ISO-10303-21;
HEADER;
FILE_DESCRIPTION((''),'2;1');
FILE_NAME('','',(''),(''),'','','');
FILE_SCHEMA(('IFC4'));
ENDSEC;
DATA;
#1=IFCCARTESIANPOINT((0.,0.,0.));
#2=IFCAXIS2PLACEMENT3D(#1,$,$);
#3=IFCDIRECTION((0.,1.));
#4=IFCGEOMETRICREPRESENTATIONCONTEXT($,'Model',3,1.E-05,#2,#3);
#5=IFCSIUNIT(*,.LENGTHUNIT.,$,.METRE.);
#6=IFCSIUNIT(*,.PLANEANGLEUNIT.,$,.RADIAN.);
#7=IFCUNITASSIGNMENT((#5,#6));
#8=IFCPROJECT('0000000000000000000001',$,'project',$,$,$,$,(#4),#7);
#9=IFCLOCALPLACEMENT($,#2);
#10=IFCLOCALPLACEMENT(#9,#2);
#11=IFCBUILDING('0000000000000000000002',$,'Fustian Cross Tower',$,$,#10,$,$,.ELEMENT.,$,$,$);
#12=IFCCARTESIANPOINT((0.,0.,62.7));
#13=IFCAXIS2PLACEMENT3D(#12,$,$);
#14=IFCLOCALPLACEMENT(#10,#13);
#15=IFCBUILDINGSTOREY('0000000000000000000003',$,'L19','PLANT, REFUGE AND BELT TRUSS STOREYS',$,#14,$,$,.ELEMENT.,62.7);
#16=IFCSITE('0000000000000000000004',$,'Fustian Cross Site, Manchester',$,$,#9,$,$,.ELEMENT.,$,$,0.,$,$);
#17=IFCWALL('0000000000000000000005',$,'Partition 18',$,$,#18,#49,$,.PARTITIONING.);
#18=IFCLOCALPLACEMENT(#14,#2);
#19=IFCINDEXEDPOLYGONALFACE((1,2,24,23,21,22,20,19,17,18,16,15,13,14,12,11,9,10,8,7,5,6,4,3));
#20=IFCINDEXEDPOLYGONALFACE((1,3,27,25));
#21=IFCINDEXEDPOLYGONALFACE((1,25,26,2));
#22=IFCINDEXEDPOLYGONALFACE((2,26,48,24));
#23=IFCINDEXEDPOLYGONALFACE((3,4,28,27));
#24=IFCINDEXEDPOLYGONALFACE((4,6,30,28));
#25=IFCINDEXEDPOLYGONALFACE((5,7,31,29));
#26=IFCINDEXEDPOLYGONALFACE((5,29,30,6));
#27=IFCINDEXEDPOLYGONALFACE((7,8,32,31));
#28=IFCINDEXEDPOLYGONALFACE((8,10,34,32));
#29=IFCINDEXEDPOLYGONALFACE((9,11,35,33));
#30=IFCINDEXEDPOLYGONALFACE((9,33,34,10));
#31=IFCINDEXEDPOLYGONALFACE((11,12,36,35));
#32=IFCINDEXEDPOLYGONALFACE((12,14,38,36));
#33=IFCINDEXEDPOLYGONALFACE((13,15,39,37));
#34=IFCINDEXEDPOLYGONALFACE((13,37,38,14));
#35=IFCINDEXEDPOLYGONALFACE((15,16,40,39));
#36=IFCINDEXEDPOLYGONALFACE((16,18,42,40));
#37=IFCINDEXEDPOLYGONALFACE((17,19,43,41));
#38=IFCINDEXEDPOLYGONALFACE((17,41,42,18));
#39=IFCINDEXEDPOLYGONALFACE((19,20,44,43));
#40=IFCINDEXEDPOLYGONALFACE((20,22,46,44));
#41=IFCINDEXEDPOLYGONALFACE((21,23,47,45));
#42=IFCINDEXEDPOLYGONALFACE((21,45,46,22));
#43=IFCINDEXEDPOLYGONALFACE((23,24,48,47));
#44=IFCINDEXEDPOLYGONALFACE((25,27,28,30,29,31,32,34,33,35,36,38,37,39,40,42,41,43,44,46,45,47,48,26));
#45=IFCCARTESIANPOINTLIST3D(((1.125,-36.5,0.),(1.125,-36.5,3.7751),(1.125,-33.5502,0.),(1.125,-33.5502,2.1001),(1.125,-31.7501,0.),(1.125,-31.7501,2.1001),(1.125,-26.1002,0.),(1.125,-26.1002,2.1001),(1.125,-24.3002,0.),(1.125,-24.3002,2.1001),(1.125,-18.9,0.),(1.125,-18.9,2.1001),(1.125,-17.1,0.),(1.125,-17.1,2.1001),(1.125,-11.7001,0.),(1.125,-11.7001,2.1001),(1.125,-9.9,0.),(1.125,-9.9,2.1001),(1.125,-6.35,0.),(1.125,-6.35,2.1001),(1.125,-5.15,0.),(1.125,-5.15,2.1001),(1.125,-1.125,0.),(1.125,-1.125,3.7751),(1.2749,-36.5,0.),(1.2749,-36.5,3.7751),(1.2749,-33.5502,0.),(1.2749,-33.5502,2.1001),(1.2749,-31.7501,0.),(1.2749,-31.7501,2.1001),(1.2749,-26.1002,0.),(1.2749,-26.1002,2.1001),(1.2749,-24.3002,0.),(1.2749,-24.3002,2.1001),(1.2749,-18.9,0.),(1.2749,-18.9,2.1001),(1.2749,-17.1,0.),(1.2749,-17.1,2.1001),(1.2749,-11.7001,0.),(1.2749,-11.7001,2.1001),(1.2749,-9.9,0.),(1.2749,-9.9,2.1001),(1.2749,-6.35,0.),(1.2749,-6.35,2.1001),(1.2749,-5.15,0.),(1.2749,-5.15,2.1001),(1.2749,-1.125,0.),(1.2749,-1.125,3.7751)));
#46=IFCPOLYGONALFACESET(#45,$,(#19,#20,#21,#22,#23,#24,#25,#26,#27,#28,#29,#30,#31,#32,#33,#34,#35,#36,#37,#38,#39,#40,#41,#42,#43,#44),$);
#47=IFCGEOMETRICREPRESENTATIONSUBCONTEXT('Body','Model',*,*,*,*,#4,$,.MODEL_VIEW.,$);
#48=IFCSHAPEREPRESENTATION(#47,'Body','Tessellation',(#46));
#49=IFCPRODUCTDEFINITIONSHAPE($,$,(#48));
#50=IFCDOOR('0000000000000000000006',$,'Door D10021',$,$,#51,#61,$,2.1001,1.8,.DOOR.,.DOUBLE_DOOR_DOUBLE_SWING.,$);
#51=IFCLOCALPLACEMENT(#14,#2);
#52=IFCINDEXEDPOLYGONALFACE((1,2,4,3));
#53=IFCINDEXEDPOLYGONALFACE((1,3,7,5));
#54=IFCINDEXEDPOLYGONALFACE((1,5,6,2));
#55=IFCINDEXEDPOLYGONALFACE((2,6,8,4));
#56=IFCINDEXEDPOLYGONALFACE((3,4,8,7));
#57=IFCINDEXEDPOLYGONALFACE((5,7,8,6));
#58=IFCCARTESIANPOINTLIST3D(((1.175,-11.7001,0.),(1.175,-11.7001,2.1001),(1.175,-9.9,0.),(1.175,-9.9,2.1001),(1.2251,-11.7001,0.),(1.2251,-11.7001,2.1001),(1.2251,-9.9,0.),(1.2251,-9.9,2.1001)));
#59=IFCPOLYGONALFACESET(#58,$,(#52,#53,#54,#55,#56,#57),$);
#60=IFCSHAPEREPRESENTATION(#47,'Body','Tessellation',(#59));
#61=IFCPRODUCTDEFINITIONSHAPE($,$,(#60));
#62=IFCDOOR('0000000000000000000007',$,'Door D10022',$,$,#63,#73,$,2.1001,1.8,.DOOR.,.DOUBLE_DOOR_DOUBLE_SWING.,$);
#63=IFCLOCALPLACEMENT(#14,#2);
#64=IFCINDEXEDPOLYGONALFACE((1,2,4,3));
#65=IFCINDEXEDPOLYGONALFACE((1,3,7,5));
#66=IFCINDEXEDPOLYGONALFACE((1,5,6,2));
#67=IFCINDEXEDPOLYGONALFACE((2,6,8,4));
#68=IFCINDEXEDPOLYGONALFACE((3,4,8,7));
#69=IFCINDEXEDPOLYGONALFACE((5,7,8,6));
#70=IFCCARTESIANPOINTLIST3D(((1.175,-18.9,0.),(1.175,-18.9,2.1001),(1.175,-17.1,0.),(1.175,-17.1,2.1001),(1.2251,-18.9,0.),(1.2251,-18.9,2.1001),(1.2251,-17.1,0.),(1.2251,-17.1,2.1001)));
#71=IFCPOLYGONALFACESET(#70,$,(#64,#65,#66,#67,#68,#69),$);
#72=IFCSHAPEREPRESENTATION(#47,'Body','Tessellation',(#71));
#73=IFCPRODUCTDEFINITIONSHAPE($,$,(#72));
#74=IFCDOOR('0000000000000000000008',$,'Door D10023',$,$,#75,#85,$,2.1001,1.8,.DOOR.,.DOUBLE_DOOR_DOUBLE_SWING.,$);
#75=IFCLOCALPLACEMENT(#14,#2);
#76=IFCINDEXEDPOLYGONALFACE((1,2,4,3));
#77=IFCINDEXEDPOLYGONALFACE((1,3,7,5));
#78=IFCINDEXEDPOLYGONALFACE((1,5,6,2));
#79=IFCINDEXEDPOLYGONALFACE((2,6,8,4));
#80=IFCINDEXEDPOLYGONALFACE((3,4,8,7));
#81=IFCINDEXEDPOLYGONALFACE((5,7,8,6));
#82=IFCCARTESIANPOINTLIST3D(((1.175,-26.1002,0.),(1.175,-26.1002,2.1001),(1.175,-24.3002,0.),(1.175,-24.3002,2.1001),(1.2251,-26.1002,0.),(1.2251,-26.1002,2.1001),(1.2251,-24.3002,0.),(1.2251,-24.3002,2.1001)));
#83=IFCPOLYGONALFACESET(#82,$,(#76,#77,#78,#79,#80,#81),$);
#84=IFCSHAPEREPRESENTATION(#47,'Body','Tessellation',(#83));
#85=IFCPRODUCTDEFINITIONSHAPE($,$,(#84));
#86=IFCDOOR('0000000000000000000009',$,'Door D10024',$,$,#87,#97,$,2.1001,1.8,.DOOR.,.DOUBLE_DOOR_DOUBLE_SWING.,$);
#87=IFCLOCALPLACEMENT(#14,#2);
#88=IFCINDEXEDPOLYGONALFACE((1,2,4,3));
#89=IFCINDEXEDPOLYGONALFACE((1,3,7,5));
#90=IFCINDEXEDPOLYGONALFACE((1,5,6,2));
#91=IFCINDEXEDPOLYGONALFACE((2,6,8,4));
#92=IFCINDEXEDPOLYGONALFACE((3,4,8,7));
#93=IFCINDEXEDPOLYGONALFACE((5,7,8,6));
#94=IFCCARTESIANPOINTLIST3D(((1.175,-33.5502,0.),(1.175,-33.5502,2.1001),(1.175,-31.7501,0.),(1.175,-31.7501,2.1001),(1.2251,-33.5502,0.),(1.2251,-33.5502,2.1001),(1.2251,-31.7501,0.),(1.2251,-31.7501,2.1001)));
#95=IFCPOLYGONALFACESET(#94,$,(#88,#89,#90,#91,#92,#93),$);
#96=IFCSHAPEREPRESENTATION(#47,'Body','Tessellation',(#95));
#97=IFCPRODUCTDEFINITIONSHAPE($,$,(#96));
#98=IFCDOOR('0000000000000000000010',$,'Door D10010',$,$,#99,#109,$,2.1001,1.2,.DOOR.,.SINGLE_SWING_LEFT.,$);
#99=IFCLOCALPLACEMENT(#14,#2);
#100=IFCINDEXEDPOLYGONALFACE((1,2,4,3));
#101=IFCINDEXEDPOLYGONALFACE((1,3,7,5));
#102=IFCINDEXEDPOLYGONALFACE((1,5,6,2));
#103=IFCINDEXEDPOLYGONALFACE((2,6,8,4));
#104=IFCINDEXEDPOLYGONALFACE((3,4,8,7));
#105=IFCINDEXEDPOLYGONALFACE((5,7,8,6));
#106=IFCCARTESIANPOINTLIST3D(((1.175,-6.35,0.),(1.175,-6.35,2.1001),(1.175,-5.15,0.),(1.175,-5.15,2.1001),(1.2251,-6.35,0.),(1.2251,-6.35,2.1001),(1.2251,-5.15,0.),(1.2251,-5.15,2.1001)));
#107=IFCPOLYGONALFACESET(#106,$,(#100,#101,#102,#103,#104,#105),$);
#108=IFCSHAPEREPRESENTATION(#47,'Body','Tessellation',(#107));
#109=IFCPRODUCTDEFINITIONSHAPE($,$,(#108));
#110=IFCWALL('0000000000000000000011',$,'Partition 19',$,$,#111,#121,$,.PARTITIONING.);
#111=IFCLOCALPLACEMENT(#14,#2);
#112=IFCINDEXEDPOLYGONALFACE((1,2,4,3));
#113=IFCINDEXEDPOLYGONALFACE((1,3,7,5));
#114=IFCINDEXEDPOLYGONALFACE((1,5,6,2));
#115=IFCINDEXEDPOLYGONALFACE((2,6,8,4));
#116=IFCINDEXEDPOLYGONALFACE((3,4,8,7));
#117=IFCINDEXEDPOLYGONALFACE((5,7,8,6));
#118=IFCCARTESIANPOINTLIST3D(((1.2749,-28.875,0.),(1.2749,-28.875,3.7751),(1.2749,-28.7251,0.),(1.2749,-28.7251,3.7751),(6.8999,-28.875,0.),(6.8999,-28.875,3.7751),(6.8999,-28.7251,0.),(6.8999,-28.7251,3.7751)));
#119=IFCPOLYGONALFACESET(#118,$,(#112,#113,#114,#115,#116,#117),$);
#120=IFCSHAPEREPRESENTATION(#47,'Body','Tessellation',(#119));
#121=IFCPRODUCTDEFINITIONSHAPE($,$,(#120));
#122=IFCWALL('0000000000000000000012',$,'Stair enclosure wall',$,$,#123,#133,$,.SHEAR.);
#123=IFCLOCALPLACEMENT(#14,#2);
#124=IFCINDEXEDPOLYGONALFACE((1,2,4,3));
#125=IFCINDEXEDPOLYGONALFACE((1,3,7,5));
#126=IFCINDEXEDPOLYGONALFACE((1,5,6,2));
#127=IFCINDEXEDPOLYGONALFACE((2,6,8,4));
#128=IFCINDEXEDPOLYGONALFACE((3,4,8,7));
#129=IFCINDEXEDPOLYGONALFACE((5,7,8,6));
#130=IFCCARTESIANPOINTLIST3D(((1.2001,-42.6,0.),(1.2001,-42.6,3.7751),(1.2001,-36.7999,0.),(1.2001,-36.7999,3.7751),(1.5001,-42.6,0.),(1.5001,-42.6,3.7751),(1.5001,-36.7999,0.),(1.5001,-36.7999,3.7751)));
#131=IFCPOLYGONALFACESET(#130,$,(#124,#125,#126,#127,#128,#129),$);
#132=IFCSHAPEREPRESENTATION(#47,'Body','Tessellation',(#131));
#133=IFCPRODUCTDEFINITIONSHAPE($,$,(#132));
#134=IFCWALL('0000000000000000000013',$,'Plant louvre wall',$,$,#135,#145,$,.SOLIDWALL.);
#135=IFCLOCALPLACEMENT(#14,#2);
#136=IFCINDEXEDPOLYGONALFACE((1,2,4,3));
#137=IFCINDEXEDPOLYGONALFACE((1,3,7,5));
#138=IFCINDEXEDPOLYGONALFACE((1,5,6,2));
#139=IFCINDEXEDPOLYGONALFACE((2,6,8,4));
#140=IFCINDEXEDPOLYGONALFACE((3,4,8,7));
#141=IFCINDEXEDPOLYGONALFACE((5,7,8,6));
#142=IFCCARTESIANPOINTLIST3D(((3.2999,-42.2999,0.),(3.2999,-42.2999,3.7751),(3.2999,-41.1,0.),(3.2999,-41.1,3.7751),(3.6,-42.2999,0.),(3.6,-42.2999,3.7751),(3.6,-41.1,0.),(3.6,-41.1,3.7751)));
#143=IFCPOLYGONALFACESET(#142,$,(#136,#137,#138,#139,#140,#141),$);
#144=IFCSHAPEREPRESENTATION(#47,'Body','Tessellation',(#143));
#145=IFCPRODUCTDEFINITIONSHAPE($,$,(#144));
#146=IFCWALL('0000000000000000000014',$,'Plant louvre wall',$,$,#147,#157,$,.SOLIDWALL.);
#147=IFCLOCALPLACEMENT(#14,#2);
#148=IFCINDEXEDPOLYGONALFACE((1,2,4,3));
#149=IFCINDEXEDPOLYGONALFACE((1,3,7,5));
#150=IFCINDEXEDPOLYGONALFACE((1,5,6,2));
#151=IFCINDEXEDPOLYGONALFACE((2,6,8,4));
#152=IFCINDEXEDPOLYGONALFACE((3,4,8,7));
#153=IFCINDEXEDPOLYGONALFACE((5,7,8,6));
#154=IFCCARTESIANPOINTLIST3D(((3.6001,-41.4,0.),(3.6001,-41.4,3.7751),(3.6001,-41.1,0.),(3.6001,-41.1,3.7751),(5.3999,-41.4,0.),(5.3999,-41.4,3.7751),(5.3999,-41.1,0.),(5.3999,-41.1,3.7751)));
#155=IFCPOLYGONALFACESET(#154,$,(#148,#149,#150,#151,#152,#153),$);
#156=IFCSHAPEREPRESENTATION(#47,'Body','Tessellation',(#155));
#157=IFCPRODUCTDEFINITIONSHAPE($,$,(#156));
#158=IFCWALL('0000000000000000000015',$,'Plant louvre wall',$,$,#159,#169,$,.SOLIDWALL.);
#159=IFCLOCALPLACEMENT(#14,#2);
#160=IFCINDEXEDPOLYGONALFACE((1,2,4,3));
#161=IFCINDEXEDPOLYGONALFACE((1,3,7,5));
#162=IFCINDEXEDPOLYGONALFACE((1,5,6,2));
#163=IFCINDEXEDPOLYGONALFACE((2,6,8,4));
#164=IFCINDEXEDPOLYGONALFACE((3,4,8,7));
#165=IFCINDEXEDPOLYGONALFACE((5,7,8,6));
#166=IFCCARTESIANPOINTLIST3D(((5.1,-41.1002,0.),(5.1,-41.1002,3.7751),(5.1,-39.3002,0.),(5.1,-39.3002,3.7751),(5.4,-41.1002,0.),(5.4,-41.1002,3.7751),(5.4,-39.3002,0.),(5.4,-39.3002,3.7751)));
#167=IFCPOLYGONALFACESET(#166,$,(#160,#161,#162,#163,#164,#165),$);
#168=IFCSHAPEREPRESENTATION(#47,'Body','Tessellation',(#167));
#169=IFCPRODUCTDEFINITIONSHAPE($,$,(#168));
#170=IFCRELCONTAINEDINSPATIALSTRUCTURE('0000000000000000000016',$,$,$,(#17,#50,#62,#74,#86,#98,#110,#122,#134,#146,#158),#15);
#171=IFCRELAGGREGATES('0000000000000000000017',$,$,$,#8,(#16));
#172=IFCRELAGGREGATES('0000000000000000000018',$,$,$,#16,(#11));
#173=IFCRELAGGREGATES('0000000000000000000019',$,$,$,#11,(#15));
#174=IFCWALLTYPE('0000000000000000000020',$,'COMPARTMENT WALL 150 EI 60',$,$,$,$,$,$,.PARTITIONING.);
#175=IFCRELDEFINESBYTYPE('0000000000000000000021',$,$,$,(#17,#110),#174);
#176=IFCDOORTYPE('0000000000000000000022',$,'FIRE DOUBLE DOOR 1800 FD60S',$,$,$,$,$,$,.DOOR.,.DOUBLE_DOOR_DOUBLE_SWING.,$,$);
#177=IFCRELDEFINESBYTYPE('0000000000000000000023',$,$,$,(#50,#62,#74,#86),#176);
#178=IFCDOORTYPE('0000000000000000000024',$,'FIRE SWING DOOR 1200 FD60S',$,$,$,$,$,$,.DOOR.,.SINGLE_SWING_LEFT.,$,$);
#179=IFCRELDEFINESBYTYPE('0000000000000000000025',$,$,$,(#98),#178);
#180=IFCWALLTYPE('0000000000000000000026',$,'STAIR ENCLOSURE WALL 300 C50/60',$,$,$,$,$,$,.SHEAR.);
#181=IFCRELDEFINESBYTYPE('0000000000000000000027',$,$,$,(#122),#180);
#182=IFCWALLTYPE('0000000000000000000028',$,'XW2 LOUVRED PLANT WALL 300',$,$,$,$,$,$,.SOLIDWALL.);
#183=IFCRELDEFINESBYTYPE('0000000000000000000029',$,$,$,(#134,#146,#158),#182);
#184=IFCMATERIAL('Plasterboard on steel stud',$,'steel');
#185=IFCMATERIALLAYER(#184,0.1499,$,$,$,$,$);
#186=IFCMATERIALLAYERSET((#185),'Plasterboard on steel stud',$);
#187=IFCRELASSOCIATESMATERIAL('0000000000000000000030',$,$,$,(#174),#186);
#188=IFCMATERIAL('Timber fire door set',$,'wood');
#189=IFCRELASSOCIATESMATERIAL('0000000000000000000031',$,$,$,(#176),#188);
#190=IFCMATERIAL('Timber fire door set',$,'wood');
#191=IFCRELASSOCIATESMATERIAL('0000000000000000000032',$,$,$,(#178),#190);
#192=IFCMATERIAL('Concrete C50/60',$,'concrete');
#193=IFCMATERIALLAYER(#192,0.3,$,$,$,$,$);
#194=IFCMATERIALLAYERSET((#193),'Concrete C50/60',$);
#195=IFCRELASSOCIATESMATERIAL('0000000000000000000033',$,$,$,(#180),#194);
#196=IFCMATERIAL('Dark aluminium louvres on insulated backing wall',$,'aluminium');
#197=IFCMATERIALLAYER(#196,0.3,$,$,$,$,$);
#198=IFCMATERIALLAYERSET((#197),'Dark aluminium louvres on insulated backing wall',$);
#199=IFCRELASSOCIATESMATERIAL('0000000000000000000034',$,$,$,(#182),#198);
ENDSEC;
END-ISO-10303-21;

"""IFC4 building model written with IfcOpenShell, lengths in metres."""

from ifc_helpers import new_model, si_unit, direction, frame, frame_2d, origin, place, context, subcontext, project, spatial, rectangle, extrude, material, layer, layer_set, type_object, element, fill, save


model = new_model("IFC4")

# Units and contexts
model_context = context("Model", 3, precision=1e-05, world=origin(), true_north=direction((0.0, 1.0)))
body_context = subcontext(model_context, "Body", "Model", "MODEL_VIEW")
ifc_project = project(units=[si_unit("LENGTHUNIT", "METRE"), si_unit("PLANEANGLEUNIT", "RADIAN")], contexts=[model_context])

# Site, building, storey
site_placement = place(None, origin())
site = spatial("IfcSite", under=ifc_project, at=site_placement, Name="Fustian Cross Site, Manchester", CompositionType="ELEMENT", RefElevation=0.0)
building_placement = place(site_placement, origin())
building = spatial("IfcBuilding", under=site, at=building_placement, Name="Fustian Cross Tower", CompositionType="ELEMENT")
storey_placement = place(building_placement, frame((0.0, 0.0, 62.7)))
storey = spatial("IfcBuildingStorey", under=building, at=storey_placement, Name="L19", Description="PLANT, REFUGE AND BELT TRUSS STOREYS", CompositionType="ELEMENT", Elevation=62.7)

# Wall, openings, doors
ifc_material_1 = material(Name="Plasterboard on steel stud", Category="steel")
ifc_layer_1 = layer(ifc_material_1, 0.1499)
ifc_layer_set_1 = layer_set([ifc_layer_1], Name="Plasterboard on steel stud")
wall_type_1 = type_object("IfcWallType", Name="COMPARTMENT WALL 150 EI 60", PredefinedType="PARTITIONING", material=ifc_layer_set_1)
wall_1_placement = place(storey_placement, frame((1.2, -36.5, 0.0), z_axis=(0.0, 0.0, 1.0), x_axis=(0.0, 1.0, 0.0)))
wall_1 = element("IfcWall", 1, at=wall_1_placement, inside=storey, type_object=wall_type_1, Name="Partition 18", PredefinedType="PARTITIONING", context=body_context, shape_type="SweptSolid", body=[
    extrude(rectangle(XDim=35.375, YDim=0.1499, at=frame_2d((17.6875, 0.0))), origin(), (0.0, 0.0, 1.0), 3.7751),
])
opening_1_placement = place(wall_1_placement, frame((30.1499, 0.0, 0.0)))
opening_1 = element("IfcOpeningElement", 2, at=opening_1_placement, cuts=wall_1, PredefinedType="OPENING", context=body_context, shape_type="SweptSolid", body=[
    extrude(rectangle(XDim=1.2, YDim=2.1001, at=frame_2d((0.6001, 1.05))), frame((0.0, 0.085, 0.0), z_axis=(0.0, -1.0, 0.0), x_axis=(1.0, 0.0, 0.0)), (0.0, 0.0, 1.0), 0.1699),
])
opening_2_placement = place(wall_1_placement, frame((24.8, 0.0, 0.0)))
opening_2 = element("IfcOpeningElement", 3, at=opening_2_placement, cuts=wall_1, PredefinedType="OPENING", context=body_context, shape_type="SweptSolid", body=[
    extrude(rectangle(XDim=1.8, YDim=2.1001, at=frame_2d((0.8999, 1.05))), frame((0.0, 0.085, 0.0), z_axis=(0.0, -1.0, 0.0), x_axis=(1.0, 0.0, 0.0)), (0.0, 0.0, 1.0), 0.1699),
])
opening_3_placement = place(wall_1_placement, frame((17.6001, 0.0, 0.0)))
opening_3 = element("IfcOpeningElement", 4, at=opening_3_placement, cuts=wall_1, PredefinedType="OPENING", context=body_context, shape_type="SweptSolid", body=[
    extrude(rectangle(XDim=1.8, YDim=2.1001, at=frame_2d((0.8999, 1.05))), frame((0.0, 0.085, 0.0), z_axis=(0.0, -1.0, 0.0), x_axis=(1.0, 0.0, 0.0)), (0.0, 0.0, 1.0), 0.1699),
])
opening_4_placement = place(wall_1_placement, frame((10.3999, 0.0, 0.0)))
opening_4 = element("IfcOpeningElement", 5, at=opening_4_placement, cuts=wall_1, PredefinedType="OPENING", context=body_context, shape_type="SweptSolid", body=[
    extrude(rectangle(XDim=1.8, YDim=2.1001, at=frame_2d((0.8999, 1.05))), frame((0.0, 0.085, 0.0), z_axis=(0.0, -1.0, 0.0), x_axis=(1.0, 0.0, 0.0)), (0.0, 0.0, 1.0), 0.1699),
])
opening_5_placement = place(wall_1_placement, frame((2.95, 0.0, 0.0)))
opening_5 = element("IfcOpeningElement", 6, at=opening_5_placement, cuts=wall_1, PredefinedType="OPENING", context=body_context, shape_type="SweptSolid", body=[
    extrude(rectangle(XDim=1.8, YDim=2.1001, at=frame_2d((0.8999, 1.05))), frame((0.0, 0.085, 0.0), z_axis=(0.0, -1.0, 0.0), x_axis=(1.0, 0.0, 0.0)), (0.0, 0.0, 1.0), 0.1699),
])
ifc_material_2 = material(Name="Timber fire door set", Category="wood")
door_type_1 = type_object("IfcDoorType", Name="FIRE DOUBLE DOOR 1800 FD60S", OperationType="DOUBLE_DOOR_DOUBLE_SWING", PredefinedType="DOOR", material=ifc_material_2)
door_1_placement = place(opening_2_placement, origin())
door_1 = element("IfcDoor", 7, at=door_1_placement, inside=storey, type_object=door_type_1, Name="Door D10021", OperationType="DOUBLE_DOOR_DOUBLE_SWING", OverallHeight=2.1001, OverallWidth=1.8, PredefinedType="DOOR", context=body_context, shape_type="SweptSolid", body=[
    extrude(rectangle(XDim=1.8, YDim=2.1001, at=frame_2d((0.8999, 1.05))), frame((0.0, 0.0249, 0.0), z_axis=(0.0, -1.0, 0.0), x_axis=(1.0, 0.0, 0.0)), (0.0, 0.0, 1.0), 0.05),
])
fill(opening_2, door_1)
door_2_placement = place(opening_3_placement, origin())
door_2 = element("IfcDoor", 8, at=door_2_placement, inside=storey, type_object=door_type_1, Name="Door D10022", OperationType="DOUBLE_DOOR_DOUBLE_SWING", OverallHeight=2.1001, OverallWidth=1.8, PredefinedType="DOOR", context=body_context, shape_type="SweptSolid", body=[
    extrude(rectangle(XDim=1.8, YDim=2.1001, at=frame_2d((0.8999, 1.05))), frame((0.0, 0.0249, 0.0), z_axis=(0.0, -1.0, 0.0), x_axis=(1.0, 0.0, 0.0)), (0.0, 0.0, 1.0), 0.05),
])
fill(opening_3, door_2)
door_3_placement = place(opening_4_placement, origin())
door_3 = element("IfcDoor", 9, at=door_3_placement, inside=storey, type_object=door_type_1, Name="Door D10023", OperationType="DOUBLE_DOOR_DOUBLE_SWING", OverallHeight=2.1001, OverallWidth=1.8, PredefinedType="DOOR", context=body_context, shape_type="SweptSolid", body=[
    extrude(rectangle(XDim=1.8, YDim=2.1001, at=frame_2d((0.8999, 1.05))), frame((0.0, 0.0249, 0.0), z_axis=(0.0, -1.0, 0.0), x_axis=(1.0, 0.0, 0.0)), (0.0, 0.0, 1.0), 0.05),
])
fill(opening_4, door_3)
door_4_placement = place(opening_5_placement, origin())
door_4 = element("IfcDoor", 10, at=door_4_placement, inside=storey, type_object=door_type_1, Name="Door D10024", OperationType="DOUBLE_DOOR_DOUBLE_SWING", OverallHeight=2.1001, OverallWidth=1.8, PredefinedType="DOOR", context=body_context, shape_type="SweptSolid", body=[
    extrude(rectangle(XDim=1.8, YDim=2.1001, at=frame_2d((0.8999, 1.05))), frame((0.0, 0.0249, 0.0), z_axis=(0.0, -1.0, 0.0), x_axis=(1.0, 0.0, 0.0)), (0.0, 0.0, 1.0), 0.05),
])
fill(opening_5, door_4)
ifc_material_3 = material(Name="Timber fire door set", Category="wood")
door_type_2 = type_object("IfcDoorType", Name="FIRE SWING DOOR 1200 FD60S", OperationType="SINGLE_SWING_LEFT", PredefinedType="DOOR", material=ifc_material_3)
door_5_placement = place(opening_1_placement, origin())
door_5 = element("IfcDoor", 11, at=door_5_placement, inside=storey, type_object=door_type_2, Name="Door D10010", OperationType="SINGLE_SWING_LEFT", OverallHeight=2.1001, OverallWidth=1.2, PredefinedType="DOOR", context=body_context, shape_type="SweptSolid", body=[
    extrude(rectangle(XDim=1.2, YDim=2.1001, at=frame_2d((0.6001, 1.05))), frame((0.0, 0.0249, 0.0), z_axis=(0.0, -1.0, 0.0), x_axis=(1.0, 0.0, 0.0)), (0.0, 0.0, 1.0), 0.05),
])
fill(opening_1, door_5)

# Walls
wall_2_placement = place(storey_placement, frame((1.2749, -28.8, 0.0), z_axis=(0.0, 0.0, 1.0), x_axis=(1.0, 0.0, 0.0)))
element("IfcWall", 12, at=wall_2_placement, inside=storey, type_object=wall_type_1, Name="Partition 19", PredefinedType="PARTITIONING", context=body_context, shape_type="SweptSolid", body=[
    extrude(rectangle(XDim=5.625, YDim=0.1499, at=frame_2d((2.8125, 0.0))), origin(), (0.0, 0.0, 1.0), 3.7751),
])
ifc_material_4 = material(Name="Concrete C50/60", Category="concrete")
ifc_layer_2 = layer(ifc_material_4, 0.3)
ifc_layer_set_2 = layer_set([ifc_layer_2], Name="Concrete C50/60")
wall_type_2 = type_object("IfcWallType", Name="STAIR ENCLOSURE WALL 300 C50/60", PredefinedType="SHEAR", material=ifc_layer_set_2)
wall_3_placement = place(storey_placement, frame((1.3501, -36.8, 0.0), z_axis=(0.0, 0.0, 1.0), x_axis=(0.0, -1.0, 0.0)))
element("IfcWall", 13, at=wall_3_placement, inside=storey, type_object=wall_type_2, Name="Stair enclosure wall", PredefinedType="SHEAR", context=body_context, shape_type="SweptSolid", body=[
    extrude(rectangle(XDim=5.8, YDim=0.3, at=frame_2d((2.8999, 0.0))), origin(), (0.0, 0.0, 1.0), 3.7751),
])
ifc_material_5 = material(Name="Dark aluminium louvres on insulated backing wall", Category="aluminium")
ifc_layer_3 = layer(ifc_material_5, 0.3)
ifc_layer_set_3 = layer_set([ifc_layer_3], Name="Dark aluminium louvres on insulated backing wall")
wall_type_3 = type_object("IfcWallType", Name="XW2 LOUVRED PLANT WALL 300", PredefinedType="SOLIDWALL", material=ifc_layer_set_3)
wall_4_placement = place(storey_placement, frame((3.45, -42.3, 0.0), z_axis=(0.0, 0.0, 1.0), x_axis=(0.0, 1.0, 0.0)))
element("IfcWall", 14, at=wall_4_placement, inside=storey, type_object=wall_type_3, Name="Plant louvre wall", PredefinedType="SOLIDWALL", context=body_context, shape_type="SweptSolid", body=[
    extrude(rectangle(XDim=1.2, YDim=0.3, at=frame_2d((0.6001, 0.0))), origin(), (0.0, 0.0, 1.0), 3.7751),
])
wall_5_placement = place(storey_placement, frame((3.6001, -41.25, 0.0), z_axis=(0.0, 0.0, 1.0), x_axis=(1.0, 0.0, 0.0)))
element("IfcWall", 15, at=wall_5_placement, inside=storey, type_object=wall_type_3, Name="Plant louvre wall", PredefinedType="SOLIDWALL", context=body_context, shape_type="SweptSolid", body=[
    extrude(rectangle(XDim=1.7998, YDim=0.3, at=frame_2d((0.8999, 0.0))), origin(), (0.0, 0.0, 1.0), 3.7751),
])
wall_6_placement = place(storey_placement, frame((5.25, -41.1001, 0.0), z_axis=(0.0, 0.0, 1.0), x_axis=(0.0, 1.0, 0.0)))
element("IfcWall", 16, at=wall_6_placement, inside=storey, type_object=wall_type_3, Name="Plant louvre wall", PredefinedType="SOLIDWALL", context=body_context, shape_type="SweptSolid", body=[
    extrude(rectangle(XDim=1.8, YDim=0.3, at=frame_2d((0.8999, 0.0))), origin(), (0.0, 0.0, 1.0), 3.7751),
])

save(model, "model.ifc")
